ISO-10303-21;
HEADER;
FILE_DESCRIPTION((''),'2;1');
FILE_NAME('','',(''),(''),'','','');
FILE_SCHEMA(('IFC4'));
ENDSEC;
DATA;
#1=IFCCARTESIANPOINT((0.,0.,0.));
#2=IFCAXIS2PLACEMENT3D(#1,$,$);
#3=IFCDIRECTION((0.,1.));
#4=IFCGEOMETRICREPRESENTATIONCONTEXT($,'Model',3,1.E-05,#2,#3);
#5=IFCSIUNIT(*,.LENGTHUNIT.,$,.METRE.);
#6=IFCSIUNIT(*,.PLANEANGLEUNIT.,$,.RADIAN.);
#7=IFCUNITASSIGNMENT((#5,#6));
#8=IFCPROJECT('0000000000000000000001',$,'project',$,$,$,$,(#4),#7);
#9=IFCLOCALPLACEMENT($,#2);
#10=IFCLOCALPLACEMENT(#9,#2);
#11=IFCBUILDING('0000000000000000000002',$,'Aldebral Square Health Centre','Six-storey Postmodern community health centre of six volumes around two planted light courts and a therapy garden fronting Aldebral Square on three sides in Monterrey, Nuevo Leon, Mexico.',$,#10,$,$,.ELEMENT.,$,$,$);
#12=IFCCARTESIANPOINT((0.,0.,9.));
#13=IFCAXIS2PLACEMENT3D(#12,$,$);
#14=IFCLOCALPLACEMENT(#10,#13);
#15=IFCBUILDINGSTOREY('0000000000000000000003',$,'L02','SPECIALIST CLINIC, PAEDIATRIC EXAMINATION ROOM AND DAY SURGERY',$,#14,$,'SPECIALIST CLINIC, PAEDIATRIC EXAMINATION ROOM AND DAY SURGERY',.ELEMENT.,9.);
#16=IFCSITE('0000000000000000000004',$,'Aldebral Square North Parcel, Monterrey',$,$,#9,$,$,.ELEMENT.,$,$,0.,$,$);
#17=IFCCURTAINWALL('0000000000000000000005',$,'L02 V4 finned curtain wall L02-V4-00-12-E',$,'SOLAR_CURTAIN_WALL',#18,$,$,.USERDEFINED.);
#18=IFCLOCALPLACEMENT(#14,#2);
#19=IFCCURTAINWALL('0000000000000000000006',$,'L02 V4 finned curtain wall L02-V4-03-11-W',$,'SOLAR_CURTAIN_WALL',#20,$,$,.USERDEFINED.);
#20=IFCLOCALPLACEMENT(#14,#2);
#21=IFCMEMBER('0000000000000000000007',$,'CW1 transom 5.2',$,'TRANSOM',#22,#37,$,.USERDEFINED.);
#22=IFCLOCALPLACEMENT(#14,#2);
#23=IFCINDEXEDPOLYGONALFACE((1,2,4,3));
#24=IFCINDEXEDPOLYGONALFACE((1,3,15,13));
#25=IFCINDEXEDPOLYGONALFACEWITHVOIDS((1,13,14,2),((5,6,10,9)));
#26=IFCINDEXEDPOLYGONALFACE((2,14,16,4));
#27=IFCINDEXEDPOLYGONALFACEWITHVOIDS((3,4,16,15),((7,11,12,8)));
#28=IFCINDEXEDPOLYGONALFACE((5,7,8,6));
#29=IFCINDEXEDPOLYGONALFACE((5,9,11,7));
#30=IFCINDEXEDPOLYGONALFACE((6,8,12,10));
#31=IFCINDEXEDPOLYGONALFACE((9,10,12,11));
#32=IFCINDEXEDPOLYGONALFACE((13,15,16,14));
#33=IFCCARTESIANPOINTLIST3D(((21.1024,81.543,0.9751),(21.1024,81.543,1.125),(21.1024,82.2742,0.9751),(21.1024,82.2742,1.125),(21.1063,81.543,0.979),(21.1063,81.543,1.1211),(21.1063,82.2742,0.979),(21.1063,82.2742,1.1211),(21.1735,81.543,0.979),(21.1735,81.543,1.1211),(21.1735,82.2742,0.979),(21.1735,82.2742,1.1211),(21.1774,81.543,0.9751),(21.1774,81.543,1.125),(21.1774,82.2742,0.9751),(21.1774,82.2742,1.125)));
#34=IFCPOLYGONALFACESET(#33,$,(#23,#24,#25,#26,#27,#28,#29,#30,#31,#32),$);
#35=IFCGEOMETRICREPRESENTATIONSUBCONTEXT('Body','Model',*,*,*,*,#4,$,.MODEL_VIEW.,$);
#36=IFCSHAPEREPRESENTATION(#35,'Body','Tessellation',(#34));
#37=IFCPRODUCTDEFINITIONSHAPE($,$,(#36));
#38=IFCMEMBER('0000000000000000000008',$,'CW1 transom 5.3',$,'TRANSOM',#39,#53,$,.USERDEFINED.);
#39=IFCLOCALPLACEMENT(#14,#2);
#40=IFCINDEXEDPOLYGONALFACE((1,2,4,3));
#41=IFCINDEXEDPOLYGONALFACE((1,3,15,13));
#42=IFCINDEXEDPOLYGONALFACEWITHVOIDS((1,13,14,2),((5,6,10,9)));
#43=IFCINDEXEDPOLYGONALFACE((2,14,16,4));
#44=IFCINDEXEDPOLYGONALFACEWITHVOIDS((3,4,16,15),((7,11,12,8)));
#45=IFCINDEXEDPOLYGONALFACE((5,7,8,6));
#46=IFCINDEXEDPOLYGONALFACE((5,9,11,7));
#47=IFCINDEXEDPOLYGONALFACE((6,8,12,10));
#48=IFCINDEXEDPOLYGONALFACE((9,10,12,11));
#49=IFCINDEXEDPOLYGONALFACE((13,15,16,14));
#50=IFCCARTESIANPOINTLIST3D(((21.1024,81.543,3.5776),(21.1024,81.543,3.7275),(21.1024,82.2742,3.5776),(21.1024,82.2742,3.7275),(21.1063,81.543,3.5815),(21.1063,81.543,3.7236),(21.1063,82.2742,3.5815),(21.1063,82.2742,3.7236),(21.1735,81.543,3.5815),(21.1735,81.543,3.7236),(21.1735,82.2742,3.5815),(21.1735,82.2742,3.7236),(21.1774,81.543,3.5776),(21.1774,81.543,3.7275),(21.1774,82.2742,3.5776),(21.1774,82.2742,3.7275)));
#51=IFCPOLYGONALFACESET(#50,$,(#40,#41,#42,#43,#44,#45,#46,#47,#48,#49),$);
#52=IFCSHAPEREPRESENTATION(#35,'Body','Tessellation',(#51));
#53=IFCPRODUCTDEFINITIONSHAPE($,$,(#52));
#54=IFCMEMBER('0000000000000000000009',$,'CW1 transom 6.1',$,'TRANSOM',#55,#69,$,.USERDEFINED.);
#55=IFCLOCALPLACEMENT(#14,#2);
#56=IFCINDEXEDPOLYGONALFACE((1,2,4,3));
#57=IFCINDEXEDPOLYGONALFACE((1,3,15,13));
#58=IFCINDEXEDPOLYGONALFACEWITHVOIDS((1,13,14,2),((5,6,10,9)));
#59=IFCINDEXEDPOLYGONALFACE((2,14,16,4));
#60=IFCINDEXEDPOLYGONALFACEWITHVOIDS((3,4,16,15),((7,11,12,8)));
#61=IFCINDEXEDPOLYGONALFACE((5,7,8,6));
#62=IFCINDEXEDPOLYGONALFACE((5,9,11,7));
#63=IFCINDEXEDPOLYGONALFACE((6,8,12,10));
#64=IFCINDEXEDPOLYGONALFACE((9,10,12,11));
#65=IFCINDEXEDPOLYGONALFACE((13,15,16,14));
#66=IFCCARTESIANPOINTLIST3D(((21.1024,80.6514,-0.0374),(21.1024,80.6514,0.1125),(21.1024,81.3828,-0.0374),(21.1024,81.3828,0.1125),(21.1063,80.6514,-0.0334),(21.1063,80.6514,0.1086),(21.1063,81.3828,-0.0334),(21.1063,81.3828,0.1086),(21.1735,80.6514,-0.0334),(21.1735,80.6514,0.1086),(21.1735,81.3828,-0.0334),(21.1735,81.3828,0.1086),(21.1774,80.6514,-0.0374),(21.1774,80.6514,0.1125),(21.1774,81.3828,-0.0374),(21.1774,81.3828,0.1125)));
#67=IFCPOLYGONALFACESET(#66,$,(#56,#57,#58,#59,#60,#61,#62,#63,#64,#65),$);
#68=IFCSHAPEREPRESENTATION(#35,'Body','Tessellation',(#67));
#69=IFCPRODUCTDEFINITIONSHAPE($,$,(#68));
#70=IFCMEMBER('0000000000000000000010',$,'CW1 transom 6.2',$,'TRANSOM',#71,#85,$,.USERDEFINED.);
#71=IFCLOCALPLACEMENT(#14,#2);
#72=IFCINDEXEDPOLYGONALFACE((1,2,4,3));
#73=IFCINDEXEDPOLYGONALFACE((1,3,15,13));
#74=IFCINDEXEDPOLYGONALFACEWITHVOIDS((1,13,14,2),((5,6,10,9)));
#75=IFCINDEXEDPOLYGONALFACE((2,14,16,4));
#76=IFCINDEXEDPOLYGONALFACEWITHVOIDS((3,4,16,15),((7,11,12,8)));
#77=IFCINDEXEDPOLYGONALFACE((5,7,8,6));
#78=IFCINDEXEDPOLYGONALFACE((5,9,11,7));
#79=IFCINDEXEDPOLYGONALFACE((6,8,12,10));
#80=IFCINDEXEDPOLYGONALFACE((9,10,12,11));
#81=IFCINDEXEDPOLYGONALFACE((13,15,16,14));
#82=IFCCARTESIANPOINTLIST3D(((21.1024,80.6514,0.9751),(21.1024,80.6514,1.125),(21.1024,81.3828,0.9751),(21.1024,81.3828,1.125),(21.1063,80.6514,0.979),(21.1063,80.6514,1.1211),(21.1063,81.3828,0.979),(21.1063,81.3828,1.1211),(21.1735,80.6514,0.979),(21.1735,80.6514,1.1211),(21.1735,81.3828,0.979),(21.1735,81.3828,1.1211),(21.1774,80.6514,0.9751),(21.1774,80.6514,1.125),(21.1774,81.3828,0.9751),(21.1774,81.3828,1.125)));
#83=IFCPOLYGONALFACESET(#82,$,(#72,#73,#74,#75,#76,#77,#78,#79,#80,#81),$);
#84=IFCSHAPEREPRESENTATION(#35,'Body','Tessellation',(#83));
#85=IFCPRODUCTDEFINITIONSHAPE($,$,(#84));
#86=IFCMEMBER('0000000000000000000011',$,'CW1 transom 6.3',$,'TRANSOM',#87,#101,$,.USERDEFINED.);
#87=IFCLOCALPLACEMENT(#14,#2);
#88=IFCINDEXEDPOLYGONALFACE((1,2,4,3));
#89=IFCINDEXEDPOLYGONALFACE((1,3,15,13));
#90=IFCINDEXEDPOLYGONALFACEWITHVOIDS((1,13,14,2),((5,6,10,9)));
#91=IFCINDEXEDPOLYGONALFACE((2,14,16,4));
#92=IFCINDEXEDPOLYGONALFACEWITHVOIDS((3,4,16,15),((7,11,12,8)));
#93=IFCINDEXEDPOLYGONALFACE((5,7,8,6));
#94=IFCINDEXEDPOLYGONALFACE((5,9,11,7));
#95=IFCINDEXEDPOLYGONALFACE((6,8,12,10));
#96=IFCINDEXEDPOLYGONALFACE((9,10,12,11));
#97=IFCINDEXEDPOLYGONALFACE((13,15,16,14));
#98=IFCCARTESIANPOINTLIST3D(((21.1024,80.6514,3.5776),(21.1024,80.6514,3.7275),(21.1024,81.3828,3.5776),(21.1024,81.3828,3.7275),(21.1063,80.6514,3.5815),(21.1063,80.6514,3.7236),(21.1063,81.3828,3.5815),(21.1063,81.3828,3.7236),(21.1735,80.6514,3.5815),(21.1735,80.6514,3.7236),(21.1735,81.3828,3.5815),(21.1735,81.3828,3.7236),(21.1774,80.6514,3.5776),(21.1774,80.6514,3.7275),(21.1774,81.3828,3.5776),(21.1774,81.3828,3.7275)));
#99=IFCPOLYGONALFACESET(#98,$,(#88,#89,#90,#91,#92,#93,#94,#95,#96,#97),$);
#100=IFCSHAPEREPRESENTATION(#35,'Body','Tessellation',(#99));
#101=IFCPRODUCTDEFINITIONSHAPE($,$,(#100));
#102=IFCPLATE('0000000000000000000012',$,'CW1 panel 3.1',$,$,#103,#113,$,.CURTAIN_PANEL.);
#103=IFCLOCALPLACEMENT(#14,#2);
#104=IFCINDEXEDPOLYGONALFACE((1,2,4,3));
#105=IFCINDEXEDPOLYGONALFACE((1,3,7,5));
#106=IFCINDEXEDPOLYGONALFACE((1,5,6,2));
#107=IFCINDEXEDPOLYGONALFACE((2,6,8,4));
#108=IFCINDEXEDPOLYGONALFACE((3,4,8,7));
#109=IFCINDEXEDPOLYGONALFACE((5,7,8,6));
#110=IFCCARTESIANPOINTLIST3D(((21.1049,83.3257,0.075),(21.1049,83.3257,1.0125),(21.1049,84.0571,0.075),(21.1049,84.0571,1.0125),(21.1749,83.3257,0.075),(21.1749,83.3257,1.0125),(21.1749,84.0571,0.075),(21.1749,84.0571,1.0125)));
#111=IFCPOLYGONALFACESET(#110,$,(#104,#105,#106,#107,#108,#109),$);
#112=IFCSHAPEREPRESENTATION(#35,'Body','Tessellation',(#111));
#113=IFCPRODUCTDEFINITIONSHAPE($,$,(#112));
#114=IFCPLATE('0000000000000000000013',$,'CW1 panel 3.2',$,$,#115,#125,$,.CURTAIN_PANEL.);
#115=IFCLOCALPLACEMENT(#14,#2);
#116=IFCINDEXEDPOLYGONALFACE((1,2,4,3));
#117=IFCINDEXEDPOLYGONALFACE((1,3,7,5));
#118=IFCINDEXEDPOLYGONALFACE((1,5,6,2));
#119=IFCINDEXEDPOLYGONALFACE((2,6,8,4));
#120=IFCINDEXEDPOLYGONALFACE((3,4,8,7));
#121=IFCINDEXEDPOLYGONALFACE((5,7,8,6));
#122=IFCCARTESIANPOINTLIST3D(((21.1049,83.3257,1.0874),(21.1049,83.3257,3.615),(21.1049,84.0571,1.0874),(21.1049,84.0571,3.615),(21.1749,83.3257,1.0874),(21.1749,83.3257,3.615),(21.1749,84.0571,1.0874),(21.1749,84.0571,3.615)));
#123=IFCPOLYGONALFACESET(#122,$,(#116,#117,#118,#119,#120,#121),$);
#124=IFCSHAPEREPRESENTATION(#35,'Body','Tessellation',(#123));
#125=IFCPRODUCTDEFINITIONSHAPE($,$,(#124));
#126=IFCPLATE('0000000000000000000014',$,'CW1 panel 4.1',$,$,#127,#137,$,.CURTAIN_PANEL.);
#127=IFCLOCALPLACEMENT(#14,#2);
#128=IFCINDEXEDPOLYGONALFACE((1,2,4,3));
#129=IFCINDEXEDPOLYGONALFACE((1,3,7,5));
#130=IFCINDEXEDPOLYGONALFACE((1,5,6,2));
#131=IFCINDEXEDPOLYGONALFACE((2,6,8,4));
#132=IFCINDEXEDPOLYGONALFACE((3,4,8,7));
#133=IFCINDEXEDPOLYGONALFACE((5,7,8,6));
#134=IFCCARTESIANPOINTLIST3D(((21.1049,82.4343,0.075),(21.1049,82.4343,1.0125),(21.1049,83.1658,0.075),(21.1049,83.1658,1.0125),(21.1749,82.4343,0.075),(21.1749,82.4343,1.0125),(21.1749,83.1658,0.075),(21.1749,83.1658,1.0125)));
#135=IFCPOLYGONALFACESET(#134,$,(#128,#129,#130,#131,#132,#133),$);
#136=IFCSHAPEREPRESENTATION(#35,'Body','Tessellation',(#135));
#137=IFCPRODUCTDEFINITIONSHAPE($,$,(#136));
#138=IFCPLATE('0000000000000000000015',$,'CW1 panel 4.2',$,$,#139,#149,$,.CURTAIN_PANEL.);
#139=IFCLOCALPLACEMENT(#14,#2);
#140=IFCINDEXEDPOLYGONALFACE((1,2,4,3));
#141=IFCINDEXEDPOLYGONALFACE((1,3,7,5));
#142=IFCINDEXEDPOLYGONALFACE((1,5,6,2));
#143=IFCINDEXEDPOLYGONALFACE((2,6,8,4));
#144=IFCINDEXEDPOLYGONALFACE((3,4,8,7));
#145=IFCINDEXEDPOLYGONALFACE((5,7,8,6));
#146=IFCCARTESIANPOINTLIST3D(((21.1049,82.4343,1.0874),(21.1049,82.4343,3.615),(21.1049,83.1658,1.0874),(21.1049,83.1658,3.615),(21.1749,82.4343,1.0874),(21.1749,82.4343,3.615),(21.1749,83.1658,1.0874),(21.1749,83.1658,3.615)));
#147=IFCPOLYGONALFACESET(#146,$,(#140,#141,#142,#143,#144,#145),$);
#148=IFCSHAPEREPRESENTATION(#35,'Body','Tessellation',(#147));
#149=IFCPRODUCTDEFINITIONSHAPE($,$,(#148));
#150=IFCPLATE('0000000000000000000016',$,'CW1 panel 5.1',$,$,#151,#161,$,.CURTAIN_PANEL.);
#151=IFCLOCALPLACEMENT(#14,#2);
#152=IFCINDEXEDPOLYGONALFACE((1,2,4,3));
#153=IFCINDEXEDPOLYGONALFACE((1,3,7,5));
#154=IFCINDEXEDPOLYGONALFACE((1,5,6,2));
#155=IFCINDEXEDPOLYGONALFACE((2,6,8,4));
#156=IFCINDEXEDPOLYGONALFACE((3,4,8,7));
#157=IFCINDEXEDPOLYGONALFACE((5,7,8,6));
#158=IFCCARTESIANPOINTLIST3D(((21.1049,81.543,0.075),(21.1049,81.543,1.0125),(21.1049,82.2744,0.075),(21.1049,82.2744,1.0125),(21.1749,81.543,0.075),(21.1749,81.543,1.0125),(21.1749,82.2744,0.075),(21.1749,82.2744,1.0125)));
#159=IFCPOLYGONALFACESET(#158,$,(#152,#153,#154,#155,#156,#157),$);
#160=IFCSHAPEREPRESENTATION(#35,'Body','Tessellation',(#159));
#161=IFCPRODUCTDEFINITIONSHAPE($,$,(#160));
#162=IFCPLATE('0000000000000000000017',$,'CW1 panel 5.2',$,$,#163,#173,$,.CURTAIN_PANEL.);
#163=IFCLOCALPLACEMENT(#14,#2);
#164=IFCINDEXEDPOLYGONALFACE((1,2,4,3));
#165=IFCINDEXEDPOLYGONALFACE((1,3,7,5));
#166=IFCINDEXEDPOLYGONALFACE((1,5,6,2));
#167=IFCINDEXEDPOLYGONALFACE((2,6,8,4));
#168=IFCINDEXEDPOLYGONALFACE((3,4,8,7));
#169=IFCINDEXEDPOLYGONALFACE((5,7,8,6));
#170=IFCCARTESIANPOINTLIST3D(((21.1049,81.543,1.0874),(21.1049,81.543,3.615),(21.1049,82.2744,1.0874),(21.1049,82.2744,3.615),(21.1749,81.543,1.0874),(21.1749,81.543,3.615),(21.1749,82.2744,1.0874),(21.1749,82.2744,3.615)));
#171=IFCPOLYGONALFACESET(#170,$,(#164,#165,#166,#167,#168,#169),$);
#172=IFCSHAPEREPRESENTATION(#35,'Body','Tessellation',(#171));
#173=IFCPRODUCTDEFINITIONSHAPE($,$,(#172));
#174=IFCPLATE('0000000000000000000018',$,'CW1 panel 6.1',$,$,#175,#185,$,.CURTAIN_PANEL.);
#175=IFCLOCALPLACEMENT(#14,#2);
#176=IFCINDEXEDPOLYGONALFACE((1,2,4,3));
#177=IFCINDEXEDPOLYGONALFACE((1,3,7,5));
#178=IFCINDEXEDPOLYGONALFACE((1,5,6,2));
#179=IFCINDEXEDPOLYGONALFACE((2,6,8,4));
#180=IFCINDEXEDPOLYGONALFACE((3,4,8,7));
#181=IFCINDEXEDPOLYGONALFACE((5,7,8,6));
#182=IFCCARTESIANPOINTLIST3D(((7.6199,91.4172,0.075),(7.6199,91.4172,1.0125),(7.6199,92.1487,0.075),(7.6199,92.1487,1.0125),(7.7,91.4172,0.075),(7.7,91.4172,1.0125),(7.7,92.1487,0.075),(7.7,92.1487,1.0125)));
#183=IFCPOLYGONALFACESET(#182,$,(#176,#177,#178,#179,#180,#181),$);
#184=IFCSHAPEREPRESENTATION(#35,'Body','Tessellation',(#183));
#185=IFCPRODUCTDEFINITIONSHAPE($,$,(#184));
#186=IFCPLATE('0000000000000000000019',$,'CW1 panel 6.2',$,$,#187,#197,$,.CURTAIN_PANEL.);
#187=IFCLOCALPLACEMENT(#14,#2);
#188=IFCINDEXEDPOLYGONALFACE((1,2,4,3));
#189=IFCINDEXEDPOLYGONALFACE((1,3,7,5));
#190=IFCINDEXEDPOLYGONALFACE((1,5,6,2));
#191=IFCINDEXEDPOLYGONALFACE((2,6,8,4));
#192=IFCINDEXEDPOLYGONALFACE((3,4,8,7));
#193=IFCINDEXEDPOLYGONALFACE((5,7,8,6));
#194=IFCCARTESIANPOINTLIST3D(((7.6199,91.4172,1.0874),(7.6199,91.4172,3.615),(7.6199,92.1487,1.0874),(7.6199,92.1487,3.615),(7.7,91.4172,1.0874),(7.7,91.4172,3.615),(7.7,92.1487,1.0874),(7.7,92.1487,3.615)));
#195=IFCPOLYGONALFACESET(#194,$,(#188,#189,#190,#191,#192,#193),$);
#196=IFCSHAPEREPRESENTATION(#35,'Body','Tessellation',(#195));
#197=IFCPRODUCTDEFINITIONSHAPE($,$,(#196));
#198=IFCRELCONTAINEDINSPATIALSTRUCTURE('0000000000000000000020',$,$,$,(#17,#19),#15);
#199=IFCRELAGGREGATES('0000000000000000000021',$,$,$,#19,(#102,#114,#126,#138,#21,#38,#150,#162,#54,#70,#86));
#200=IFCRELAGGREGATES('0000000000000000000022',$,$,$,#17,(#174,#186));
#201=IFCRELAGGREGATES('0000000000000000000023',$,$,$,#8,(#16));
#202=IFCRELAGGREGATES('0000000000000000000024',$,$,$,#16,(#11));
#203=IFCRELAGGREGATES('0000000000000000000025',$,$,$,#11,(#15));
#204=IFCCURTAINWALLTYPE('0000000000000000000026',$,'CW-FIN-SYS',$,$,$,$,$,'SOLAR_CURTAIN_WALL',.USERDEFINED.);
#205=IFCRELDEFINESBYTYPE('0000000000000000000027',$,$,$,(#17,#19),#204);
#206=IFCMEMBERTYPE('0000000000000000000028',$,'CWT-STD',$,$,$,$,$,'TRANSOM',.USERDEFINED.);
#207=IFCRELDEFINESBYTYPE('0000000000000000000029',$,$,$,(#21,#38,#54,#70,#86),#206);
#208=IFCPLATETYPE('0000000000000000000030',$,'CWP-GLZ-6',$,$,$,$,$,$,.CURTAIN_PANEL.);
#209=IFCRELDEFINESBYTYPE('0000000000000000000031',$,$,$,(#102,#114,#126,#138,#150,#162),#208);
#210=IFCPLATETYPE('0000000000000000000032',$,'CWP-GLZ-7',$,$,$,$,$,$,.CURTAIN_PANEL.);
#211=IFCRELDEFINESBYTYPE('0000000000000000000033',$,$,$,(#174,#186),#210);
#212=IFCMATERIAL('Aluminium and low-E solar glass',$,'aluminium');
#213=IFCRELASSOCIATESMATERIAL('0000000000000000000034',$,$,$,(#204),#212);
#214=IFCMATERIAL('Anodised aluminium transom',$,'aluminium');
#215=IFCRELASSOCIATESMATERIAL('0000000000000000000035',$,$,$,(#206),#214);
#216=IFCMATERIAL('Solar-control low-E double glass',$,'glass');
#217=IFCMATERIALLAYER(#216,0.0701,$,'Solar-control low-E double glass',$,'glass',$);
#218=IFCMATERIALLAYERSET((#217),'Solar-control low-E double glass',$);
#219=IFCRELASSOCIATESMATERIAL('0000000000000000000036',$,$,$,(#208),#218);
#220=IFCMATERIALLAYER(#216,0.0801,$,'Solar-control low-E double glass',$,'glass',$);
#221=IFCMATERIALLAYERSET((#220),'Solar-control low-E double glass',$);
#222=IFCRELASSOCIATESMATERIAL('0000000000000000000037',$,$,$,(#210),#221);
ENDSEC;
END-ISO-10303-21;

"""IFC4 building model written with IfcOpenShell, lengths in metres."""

from ifc_helpers import new_model, si_unit, direction, frame, origin, origin_2d, place, context, subcontext, project, spatial, rectangle, hollow_rectangle, extrude, material, layer, layer_set, material_profile, profile_set, type_object, element, aggregate, save


model = new_model("IFC4")

# Units and contexts
model_context = context("Model", 3, precision=1e-05, world=origin(), true_north=direction((0.0, 1.0)))
body_context = subcontext(model_context, "Body", "Model", "MODEL_VIEW")
ifc_project = project(units=[si_unit("LENGTHUNIT", "METRE"), si_unit("PLANEANGLEUNIT", "RADIAN")], contexts=[model_context])

# Site, building, storey
site_placement = place(None, origin())
site = spatial("IfcSite", under=ifc_project, at=site_placement, Name="Aldebral Square North Parcel, Monterrey", CompositionType="ELEMENT", RefElevation=0.0)
building_placement = place(site_placement, origin())
building = spatial("IfcBuilding", under=site, at=building_placement, Name="Aldebral Square Health Centre", Description="Six-storey Postmodern community health centre of six volumes around two planted light courts and a therapy garden fronting Aldebral Square on three sides in Monterrey, Nuevo Leon, Mexico.", CompositionType="ELEMENT")
storey_placement = place(building_placement, frame((0.0, 0.0, 9.0)))
storey = spatial("IfcBuildingStorey", under=building, at=storey_placement, Name="L02", Description="SPECIALIST CLINIC, PAEDIATRIC EXAMINATION ROOM AND DAY SURGERY", LongName="SPECIALIST CLINIC, PAEDIATRIC EXAMINATION ROOM AND DAY SURGERY", CompositionType="ELEMENT", Elevation=9.0)

# Curtain walls
ifc_material_1 = material(Name="Aluminium and low-E solar glass", Category="aluminium")
curtain_wall_type = type_object("IfcCurtainWallType", Name="CW-FIN-SYS", ElementType="SOLAR_CURTAIN_WALL", PredefinedType="USERDEFINED", material=ifc_material_1)
curtain_wall_1_placement = place(storey_placement, origin())
curtain_wall_1 = element("IfcCurtainWall", 1, at=curtain_wall_1_placement, inside=storey, type_object=curtain_wall_type, Name="L02 V4 finned curtain wall L02-V4-00-12-E", ObjectType="SOLAR_CURTAIN_WALL", PredefinedType="USERDEFINED")
curtain_wall_2_placement = place(storey_placement, origin())
curtain_wall_2 = element("IfcCurtainWall", 2, at=curtain_wall_2_placement, inside=storey, type_object=curtain_wall_type, Name="L02 V4 finned curtain wall L02-V4-03-11-W", ObjectType="SOLAR_CURTAIN_WALL", PredefinedType="USERDEFINED")

# Members
ifc_material_2 = material(Name="Anodised aluminium transom", Category="aluminium")
ifc_material_profile_1 = material_profile(ifc_material_2, hollow_rectangle(XDim=0.075, YDim=0.1499, WallThickness=0.0039, at=origin_2d()), Name="CWT 75x150x4")
ifc_profile_set_1 = profile_set([ifc_material_profile_1], Name="Anodised aluminium transom")
member_type_1 = type_object("IfcMemberType", Name="CWT-STD", ElementType="TRANSOM", PredefinedType="USERDEFINED", material=ifc_profile_set_1)
member_1_placement = place(storey_placement, frame((21.1399, 82.2742, 1.05), z_axis=(0.0, -1.0, 0.0), x_axis=(1.0, 0.0, 0.0)))
member_1 = element("IfcMember", 3, at=member_1_placement, type_object=member_type_1, Name="CW1 transom 5.2", ObjectType="TRANSOM", PredefinedType="USERDEFINED", context=body_context, shape_type="SweptSolid", body=[
    extrude(hollow_rectangle(XDim=0.075, YDim=0.1499, WallThickness=0.0039, at=origin_2d()), origin(), (0.0, 0.0, 1.0), 0.7312),
])
member_2_placement = place(storey_placement, frame((21.1399, 82.2742, 3.6526), z_axis=(0.0, -1.0, 0.0), x_axis=(1.0, 0.0, 0.0)))
member_2 = element("IfcMember", 4, at=member_2_placement, type_object=member_type_1, Name="CW1 transom 5.3", ObjectType="TRANSOM", PredefinedType="USERDEFINED", context=body_context, shape_type="SweptSolid", body=[
    extrude(hollow_rectangle(XDim=0.075, YDim=0.1499, WallThickness=0.0039, at=origin_2d()), origin(), (0.0, 0.0, 1.0), 0.7312),
])
member_3_placement = place(storey_placement, frame((21.1399, 81.3828, 0.0376), z_axis=(0.0, -1.0, 0.0), x_axis=(1.0, 0.0, 0.0)))
member_3 = element("IfcMember", 5, at=member_3_placement, type_object=member_type_1, Name="CW1 transom 6.1", ObjectType="TRANSOM", PredefinedType="USERDEFINED", context=body_context, shape_type="SweptSolid", body=[
    extrude(hollow_rectangle(XDim=0.075, YDim=0.1499, WallThickness=0.0039, at=origin_2d()), origin(), (0.0, 0.0, 1.0), 0.7314),
])
member_4_placement = place(storey_placement, frame((21.1399, 81.3828, 1.05), z_axis=(0.0, -1.0, 0.0), x_axis=(1.0, 0.0, 0.0)))
member_4 = element("IfcMember", 6, at=member_4_placement, type_object=member_type_1, Name="CW1 transom 6.2", ObjectType="TRANSOM", PredefinedType="USERDEFINED", context=body_context, shape_type="SweptSolid", body=[
    extrude(hollow_rectangle(XDim=0.075, YDim=0.1499, WallThickness=0.0039, at=origin_2d()), origin(), (0.0, 0.0, 1.0), 0.7314),
])
member_5_placement = place(storey_placement, frame((21.1399, 81.3828, 3.6526), z_axis=(0.0, -1.0, 0.0), x_axis=(1.0, 0.0, 0.0)))
member_5 = element("IfcMember", 7, at=member_5_placement, type_object=member_type_1, Name="CW1 transom 6.3", ObjectType="TRANSOM", PredefinedType="USERDEFINED", context=body_context, shape_type="SweptSolid", body=[
    extrude(hollow_rectangle(XDim=0.075, YDim=0.1499, WallThickness=0.0039, at=origin_2d()), origin(), (0.0, 0.0, 1.0), 0.7314),
])

# Plates
ifc_material_3 = material(Name="Solar-control low-E double glass", Category="glass")
ifc_layer_1 = layer(ifc_material_3, 0.0701, Name="Solar-control low-E double glass", Category="glass")
ifc_layer_set_1 = layer_set([ifc_layer_1], Name="Solar-control low-E double glass")
plate_type_1 = type_object("IfcPlateType", Name="CWP-GLZ-6", PredefinedType="CURTAIN_PANEL", material=ifc_layer_set_1)
plate_1_placement = place(storey_placement, frame((21.1399, 83.6914, 0.075), z_axis=(0.0, 0.0, 1.0), x_axis=(0.0, -1.0, 0.0)))
plate_1 = element("IfcPlate", 8, at=plate_1_placement, type_object=plate_type_1, Name="CW1 panel 3.1", PredefinedType="CURTAIN_PANEL", context=body_context, shape_type="SweptSolid", body=[
    extrude(rectangle(XDim=0.7314, YDim=0.0701, at=origin_2d()), origin(), (0.0, 0.0, 1.0), 0.9375),
])
plate_2_placement = place(storey_placement, frame((21.1399, 83.6914, 1.0874), z_axis=(0.0, 0.0, 1.0), x_axis=(0.0, -1.0, 0.0)))
plate_2 = element("IfcPlate", 9, at=plate_2_placement, type_object=plate_type_1, Name="CW1 panel 3.2", PredefinedType="CURTAIN_PANEL", context=body_context, shape_type="SweptSolid", body=[
    extrude(rectangle(XDim=0.7314, YDim=0.0701, at=origin_2d()), origin(), (0.0, 0.0, 1.0), 2.5276),
])
plate_3_placement = place(storey_placement, frame((21.1399, 82.8, 0.075), z_axis=(0.0, 0.0, 1.0), x_axis=(0.0, -1.0, 0.0)))
plate_3 = element("IfcPlate", 10, at=plate_3_placement, type_object=plate_type_1, Name="CW1 panel 4.1", PredefinedType="CURTAIN_PANEL", context=body_context, shape_type="SweptSolid", body=[
    extrude(rectangle(XDim=0.7314, YDim=0.0701, at=origin_2d()), origin(), (0.0, 0.0, 1.0), 0.9375),
])
plate_4_placement = place(storey_placement, frame((21.1399, 82.8, 1.0874), z_axis=(0.0, 0.0, 1.0), x_axis=(0.0, -1.0, 0.0)))
plate_4 = element("IfcPlate", 11, at=plate_4_placement, type_object=plate_type_1, Name="CW1 panel 4.2", PredefinedType="CURTAIN_PANEL", context=body_context, shape_type="SweptSolid", body=[
    extrude(rectangle(XDim=0.7314, YDim=0.0701, at=origin_2d()), origin(), (0.0, 0.0, 1.0), 2.5276),
])
plate_5_placement = place(storey_placement, frame((21.1399, 81.9087, 0.075), z_axis=(0.0, 0.0, 1.0), x_axis=(0.0, -1.0, 0.0)))
plate_5 = element("IfcPlate", 12, at=plate_5_placement, type_object=plate_type_1, Name="CW1 panel 5.1", PredefinedType="CURTAIN_PANEL", context=body_context, shape_type="SweptSolid", body=[
    extrude(rectangle(XDim=0.7314, YDim=0.0701, at=origin_2d()), origin(), (0.0, 0.0, 1.0), 0.9375),
])
plate_6_placement = place(storey_placement, frame((21.1399, 81.9087, 1.0874), z_axis=(0.0, 0.0, 1.0), x_axis=(0.0, -1.0, 0.0)))
plate_6 = element("IfcPlate", 13, at=plate_6_placement, type_object=plate_type_1, Name="CW1 panel 5.2", PredefinedType="CURTAIN_PANEL", context=body_context, shape_type="SweptSolid", body=[
    extrude(rectangle(XDim=0.7314, YDim=0.0701, at=origin_2d()), origin(), (0.0, 0.0, 1.0), 2.5276),
])
aggregate(curtain_wall_2, [plate_1, plate_2, plate_3, plate_4, member_1, member_2, plate_5, plate_6, member_3, member_4, member_5])
ifc_layer_2 = layer(ifc_material_3, 0.0801, Name="Solar-control low-E double glass", Category="glass")
ifc_layer_set_2 = layer_set([ifc_layer_2], Name="Solar-control low-E double glass")
plate_type_2 = type_object("IfcPlateType", Name="CWP-GLZ-7", PredefinedType="CURTAIN_PANEL", material=ifc_layer_set_2)
plate_7_placement = place(storey_placement, frame((7.6599, 91.783, 0.075), z_axis=(0.0, 0.0, 1.0), x_axis=(0.0, 1.0, 0.0)))
plate_7 = element("IfcPlate", 14, at=plate_7_placement, type_object=plate_type_2, Name="CW1 panel 6.1", PredefinedType="CURTAIN_PANEL", context=body_context, shape_type="SweptSolid", body=[
    extrude(rectangle(XDim=0.7314, YDim=0.0801, at=origin_2d()), origin(), (0.0, 0.0, 1.0), 0.9375),
])
plate_8_placement = place(storey_placement, frame((7.6599, 91.783, 1.0874), z_axis=(0.0, 0.0, 1.0), x_axis=(0.0, 1.0, 0.0)))
plate_8 = element("IfcPlate", 15, at=plate_8_placement, type_object=plate_type_2, Name="CW1 panel 6.2", PredefinedType="CURTAIN_PANEL", context=body_context, shape_type="SweptSolid", body=[
    extrude(rectangle(XDim=0.7314, YDim=0.0801, at=origin_2d()), origin(), (0.0, 0.0, 1.0), 2.5276),
])
aggregate(curtain_wall_1, [plate_7, plate_8])

save(model, "model.ifc")
